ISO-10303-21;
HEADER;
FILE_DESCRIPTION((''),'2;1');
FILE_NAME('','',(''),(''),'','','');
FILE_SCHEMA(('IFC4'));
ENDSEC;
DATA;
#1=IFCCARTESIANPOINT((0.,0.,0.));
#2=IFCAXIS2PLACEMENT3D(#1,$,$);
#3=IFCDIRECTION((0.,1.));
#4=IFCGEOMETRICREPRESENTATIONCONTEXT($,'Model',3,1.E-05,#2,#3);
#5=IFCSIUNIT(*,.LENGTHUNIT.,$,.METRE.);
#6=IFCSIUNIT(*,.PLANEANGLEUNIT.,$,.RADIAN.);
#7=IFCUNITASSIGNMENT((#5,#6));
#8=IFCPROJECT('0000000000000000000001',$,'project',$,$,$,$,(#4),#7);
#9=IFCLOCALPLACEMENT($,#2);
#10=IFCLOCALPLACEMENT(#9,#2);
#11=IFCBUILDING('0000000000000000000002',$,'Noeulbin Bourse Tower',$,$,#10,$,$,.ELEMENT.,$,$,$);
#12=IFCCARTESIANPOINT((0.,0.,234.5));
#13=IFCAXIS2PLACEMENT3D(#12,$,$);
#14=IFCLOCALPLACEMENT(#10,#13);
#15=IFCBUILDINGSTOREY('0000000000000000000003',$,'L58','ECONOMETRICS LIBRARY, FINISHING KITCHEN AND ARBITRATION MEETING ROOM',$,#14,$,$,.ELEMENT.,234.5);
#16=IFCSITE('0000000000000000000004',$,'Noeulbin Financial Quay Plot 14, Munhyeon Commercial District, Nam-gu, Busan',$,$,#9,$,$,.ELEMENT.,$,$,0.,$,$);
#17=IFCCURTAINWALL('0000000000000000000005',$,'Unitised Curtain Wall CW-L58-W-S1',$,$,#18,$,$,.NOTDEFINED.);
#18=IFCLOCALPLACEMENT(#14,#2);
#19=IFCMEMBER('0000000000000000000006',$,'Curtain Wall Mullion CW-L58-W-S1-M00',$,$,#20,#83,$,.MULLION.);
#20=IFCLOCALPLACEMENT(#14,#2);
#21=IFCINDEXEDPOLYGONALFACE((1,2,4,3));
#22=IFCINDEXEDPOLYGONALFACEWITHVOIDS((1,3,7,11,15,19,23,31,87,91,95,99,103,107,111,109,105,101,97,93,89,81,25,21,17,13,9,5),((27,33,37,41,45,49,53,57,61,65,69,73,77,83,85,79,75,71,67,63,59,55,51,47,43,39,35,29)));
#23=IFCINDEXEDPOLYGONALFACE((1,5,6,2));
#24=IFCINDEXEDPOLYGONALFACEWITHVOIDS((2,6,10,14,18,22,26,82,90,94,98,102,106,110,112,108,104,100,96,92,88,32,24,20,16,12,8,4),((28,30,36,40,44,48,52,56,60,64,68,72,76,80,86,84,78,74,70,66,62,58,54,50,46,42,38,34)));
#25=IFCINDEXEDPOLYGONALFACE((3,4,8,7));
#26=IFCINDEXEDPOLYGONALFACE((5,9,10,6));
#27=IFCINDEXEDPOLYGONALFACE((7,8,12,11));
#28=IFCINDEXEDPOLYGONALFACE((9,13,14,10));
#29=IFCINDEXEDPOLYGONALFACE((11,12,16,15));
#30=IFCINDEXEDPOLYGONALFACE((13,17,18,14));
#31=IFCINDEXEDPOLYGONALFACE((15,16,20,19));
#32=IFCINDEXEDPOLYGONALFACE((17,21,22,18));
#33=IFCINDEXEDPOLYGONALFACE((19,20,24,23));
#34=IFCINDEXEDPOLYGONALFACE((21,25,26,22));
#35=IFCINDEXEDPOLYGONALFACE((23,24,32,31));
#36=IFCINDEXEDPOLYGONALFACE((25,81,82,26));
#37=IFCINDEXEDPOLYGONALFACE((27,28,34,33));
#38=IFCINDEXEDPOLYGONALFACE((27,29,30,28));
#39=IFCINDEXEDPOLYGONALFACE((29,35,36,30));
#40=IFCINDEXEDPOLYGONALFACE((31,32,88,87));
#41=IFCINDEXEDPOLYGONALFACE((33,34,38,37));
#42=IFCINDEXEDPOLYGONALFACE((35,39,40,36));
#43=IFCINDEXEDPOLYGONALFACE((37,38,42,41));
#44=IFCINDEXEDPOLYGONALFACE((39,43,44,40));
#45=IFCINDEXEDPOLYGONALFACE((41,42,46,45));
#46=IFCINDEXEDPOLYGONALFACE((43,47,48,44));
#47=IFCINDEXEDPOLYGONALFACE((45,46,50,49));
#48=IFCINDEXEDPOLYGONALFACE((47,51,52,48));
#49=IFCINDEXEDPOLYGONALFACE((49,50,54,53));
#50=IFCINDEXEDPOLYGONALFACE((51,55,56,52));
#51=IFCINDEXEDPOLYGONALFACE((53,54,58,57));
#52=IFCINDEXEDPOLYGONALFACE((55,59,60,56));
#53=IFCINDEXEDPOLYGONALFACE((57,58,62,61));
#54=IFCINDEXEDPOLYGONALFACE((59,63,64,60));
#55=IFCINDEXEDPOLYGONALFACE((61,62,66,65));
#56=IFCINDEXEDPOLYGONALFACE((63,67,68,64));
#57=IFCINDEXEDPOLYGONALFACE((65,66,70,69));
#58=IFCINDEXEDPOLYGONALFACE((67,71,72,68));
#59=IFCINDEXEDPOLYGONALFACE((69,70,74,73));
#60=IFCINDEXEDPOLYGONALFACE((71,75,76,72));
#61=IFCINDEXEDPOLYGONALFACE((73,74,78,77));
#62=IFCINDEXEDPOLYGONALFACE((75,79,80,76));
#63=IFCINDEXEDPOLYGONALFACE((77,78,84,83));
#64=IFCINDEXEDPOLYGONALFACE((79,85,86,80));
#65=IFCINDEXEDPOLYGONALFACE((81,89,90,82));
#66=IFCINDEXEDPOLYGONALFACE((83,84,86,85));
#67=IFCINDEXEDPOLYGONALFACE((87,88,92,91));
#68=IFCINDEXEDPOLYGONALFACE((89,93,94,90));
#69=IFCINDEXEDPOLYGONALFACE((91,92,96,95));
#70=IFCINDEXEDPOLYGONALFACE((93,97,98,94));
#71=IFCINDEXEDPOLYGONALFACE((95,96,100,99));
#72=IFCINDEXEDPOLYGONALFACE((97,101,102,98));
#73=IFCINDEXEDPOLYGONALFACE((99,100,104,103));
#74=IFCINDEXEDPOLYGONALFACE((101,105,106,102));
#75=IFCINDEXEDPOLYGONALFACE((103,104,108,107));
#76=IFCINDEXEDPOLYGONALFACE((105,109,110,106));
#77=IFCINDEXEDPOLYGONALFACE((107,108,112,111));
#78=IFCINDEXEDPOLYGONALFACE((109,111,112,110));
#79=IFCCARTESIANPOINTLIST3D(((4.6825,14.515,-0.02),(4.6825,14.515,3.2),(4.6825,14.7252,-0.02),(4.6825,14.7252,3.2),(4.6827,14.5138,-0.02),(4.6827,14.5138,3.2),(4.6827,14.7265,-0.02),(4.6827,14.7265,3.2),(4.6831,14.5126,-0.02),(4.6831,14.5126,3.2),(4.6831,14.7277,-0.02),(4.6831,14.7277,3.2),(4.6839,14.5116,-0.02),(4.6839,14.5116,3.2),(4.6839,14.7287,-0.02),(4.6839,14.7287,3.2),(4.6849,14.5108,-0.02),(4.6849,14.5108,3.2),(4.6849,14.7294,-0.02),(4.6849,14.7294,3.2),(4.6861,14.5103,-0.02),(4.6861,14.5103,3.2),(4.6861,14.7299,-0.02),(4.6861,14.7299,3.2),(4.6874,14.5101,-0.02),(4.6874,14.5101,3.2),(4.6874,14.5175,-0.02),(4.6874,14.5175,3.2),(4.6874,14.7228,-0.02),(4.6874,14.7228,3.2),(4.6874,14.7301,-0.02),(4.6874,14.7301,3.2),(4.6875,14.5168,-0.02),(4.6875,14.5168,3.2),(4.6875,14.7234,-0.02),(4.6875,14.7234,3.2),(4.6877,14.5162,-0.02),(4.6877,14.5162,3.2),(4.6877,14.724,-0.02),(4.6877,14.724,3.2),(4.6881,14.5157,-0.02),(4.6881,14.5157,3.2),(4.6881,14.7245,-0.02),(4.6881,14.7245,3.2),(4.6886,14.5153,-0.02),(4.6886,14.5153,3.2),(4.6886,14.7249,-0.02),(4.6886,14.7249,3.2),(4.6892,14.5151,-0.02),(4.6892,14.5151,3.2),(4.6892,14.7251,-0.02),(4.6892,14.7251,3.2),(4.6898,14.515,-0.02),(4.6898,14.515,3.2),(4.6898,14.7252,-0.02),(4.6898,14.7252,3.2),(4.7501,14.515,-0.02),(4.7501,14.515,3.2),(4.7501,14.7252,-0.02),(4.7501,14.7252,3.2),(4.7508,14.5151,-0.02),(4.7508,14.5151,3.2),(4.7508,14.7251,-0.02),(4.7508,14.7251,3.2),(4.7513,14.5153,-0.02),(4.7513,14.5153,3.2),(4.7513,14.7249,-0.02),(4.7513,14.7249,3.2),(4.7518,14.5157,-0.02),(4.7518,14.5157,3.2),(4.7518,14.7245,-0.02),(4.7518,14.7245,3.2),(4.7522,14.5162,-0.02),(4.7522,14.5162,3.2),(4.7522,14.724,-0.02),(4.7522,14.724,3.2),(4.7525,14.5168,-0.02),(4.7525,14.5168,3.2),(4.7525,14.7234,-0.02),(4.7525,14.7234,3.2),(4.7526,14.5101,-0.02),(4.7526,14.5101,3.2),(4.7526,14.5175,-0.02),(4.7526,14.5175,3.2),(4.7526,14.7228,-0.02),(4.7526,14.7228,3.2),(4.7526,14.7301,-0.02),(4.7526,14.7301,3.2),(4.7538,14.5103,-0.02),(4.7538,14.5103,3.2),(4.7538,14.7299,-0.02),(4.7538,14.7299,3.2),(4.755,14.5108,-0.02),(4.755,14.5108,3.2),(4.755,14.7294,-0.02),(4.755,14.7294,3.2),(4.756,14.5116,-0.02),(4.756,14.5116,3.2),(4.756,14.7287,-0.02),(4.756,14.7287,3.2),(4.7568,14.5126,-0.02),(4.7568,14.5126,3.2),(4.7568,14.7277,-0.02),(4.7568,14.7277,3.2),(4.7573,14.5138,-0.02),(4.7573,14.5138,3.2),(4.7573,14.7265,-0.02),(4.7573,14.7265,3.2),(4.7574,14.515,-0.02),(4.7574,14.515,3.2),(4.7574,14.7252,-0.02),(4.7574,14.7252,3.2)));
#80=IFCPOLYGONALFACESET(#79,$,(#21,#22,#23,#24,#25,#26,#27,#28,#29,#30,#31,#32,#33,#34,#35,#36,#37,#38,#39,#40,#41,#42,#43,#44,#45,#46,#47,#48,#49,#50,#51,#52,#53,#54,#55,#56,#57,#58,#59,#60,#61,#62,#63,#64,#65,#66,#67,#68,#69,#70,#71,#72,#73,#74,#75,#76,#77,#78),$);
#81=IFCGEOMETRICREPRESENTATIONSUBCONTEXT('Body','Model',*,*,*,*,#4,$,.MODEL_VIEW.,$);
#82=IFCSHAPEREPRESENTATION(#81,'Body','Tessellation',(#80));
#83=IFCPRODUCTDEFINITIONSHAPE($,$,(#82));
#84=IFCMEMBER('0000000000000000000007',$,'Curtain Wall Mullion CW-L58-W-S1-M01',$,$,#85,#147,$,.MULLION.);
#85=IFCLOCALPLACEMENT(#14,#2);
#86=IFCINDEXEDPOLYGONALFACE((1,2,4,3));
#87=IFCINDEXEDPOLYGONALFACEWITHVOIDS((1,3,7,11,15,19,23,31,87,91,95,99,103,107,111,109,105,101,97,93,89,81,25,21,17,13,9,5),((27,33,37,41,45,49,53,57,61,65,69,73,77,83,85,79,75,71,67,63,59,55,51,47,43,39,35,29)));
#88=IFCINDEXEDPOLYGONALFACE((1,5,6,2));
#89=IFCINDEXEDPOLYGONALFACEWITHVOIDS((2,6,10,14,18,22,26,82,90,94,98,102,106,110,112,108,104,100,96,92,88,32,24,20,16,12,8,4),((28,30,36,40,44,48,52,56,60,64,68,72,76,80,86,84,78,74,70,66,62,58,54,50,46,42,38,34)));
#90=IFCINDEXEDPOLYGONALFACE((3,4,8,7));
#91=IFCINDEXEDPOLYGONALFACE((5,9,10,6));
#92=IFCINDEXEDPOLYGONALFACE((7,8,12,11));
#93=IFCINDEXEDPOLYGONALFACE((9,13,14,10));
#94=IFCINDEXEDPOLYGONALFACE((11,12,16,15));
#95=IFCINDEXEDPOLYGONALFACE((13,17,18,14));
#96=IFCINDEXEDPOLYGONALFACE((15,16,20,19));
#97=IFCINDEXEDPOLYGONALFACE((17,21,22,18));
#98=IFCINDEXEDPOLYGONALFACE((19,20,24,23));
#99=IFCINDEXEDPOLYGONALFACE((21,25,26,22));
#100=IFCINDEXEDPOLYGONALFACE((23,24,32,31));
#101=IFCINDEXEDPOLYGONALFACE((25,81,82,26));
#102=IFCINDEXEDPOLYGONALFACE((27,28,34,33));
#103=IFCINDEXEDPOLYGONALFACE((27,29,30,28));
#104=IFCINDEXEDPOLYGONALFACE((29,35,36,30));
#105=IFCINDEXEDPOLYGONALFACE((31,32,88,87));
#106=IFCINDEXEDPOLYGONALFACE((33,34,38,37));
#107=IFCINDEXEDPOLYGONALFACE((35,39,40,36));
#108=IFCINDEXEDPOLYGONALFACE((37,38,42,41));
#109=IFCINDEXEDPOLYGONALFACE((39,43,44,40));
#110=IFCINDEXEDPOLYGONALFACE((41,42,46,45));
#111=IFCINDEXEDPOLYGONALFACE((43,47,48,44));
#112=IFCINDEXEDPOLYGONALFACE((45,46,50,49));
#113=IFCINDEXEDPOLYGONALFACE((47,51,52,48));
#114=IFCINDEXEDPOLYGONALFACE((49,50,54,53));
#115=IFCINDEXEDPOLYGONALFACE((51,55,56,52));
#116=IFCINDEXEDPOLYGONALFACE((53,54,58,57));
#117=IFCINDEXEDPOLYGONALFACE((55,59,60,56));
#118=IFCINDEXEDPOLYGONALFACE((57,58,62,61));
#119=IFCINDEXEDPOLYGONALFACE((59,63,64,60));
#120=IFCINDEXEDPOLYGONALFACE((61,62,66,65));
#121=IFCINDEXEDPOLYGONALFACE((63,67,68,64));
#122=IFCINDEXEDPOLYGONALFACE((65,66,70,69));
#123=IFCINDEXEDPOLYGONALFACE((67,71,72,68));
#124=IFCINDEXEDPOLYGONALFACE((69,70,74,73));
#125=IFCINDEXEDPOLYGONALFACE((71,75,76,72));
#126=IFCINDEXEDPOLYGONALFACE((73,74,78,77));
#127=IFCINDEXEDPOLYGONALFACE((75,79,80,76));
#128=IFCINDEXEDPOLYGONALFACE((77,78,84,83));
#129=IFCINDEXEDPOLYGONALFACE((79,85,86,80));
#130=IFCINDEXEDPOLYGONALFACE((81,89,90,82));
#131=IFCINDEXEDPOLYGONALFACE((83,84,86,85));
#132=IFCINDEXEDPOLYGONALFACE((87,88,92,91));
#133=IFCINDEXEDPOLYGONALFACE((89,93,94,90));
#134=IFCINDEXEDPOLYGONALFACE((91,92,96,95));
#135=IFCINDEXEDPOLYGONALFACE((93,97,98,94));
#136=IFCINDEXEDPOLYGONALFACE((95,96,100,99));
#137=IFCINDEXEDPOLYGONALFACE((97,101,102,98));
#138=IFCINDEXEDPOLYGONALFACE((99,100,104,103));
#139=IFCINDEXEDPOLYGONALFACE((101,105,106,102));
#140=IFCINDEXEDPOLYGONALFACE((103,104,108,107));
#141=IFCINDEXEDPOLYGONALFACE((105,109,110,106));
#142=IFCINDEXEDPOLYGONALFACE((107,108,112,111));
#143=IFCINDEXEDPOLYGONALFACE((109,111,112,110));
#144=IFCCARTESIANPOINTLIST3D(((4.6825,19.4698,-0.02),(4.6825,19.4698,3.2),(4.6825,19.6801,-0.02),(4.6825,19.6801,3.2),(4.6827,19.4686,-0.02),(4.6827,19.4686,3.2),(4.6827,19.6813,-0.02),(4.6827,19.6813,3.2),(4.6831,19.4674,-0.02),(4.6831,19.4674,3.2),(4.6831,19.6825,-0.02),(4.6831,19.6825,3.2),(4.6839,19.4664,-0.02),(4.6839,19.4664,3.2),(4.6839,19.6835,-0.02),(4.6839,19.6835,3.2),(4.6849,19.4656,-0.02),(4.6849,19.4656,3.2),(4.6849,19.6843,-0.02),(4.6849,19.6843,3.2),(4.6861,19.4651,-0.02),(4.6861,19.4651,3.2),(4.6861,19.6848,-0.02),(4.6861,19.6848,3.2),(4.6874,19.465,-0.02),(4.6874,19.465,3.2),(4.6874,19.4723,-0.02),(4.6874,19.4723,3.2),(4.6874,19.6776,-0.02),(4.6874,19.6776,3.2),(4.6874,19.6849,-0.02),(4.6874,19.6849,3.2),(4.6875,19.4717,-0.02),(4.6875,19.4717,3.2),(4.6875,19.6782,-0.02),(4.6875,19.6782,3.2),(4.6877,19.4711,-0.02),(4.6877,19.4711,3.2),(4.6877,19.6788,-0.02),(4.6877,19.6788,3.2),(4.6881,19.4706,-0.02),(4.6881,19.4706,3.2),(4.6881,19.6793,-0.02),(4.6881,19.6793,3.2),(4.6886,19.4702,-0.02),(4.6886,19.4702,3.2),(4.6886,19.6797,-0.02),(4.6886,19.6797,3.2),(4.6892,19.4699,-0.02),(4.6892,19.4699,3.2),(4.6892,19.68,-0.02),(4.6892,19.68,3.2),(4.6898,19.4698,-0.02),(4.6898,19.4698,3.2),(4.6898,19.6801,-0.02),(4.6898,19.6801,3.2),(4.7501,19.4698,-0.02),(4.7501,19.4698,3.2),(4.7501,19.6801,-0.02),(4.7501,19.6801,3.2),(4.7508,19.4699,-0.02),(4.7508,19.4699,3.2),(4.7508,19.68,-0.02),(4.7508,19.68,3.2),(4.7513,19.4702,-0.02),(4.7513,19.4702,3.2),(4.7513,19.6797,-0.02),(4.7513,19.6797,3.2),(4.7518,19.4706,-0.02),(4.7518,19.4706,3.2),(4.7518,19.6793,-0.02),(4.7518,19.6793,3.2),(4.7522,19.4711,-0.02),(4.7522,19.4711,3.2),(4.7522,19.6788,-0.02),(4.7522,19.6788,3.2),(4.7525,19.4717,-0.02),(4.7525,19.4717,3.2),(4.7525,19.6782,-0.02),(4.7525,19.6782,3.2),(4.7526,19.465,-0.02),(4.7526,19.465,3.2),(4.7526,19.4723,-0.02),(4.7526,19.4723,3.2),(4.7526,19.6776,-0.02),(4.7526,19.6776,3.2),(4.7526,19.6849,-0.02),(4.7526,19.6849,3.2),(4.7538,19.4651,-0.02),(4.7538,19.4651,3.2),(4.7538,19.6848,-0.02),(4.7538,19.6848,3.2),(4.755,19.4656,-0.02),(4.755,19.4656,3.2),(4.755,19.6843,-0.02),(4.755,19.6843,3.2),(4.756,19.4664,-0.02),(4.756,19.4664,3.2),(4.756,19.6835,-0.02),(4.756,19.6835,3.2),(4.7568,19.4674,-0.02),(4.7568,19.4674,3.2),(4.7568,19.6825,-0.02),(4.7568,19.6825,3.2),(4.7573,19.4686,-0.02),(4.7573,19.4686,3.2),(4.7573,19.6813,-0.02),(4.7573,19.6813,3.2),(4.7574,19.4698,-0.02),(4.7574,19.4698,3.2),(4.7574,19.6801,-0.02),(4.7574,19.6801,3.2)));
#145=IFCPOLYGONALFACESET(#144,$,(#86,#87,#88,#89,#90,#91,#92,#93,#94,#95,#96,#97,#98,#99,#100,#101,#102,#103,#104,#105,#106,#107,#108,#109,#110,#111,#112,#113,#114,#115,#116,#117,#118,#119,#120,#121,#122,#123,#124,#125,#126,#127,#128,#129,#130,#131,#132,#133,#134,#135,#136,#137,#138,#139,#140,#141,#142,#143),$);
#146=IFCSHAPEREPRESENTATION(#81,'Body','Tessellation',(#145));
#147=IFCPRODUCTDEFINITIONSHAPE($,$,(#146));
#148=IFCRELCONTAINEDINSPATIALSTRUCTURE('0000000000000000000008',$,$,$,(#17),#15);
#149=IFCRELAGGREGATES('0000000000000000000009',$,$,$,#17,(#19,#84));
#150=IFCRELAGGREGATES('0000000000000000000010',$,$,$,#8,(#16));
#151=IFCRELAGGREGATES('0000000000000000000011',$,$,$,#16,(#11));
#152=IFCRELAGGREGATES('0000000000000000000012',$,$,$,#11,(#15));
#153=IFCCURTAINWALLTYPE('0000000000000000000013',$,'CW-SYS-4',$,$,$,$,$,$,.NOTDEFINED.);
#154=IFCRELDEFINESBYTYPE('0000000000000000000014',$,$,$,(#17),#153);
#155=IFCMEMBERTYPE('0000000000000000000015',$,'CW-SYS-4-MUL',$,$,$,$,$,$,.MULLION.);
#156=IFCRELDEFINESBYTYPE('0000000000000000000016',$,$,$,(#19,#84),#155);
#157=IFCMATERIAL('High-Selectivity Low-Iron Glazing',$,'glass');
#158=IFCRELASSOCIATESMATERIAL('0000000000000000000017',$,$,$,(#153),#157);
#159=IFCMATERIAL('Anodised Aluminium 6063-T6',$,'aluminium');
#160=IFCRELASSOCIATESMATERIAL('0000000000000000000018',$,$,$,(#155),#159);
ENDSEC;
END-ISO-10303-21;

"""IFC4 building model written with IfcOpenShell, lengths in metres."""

from ifc_helpers import new_model, si_unit, direction, frame, origin, origin_2d, place, context, subcontext, project, spatial, hollow_rectangle, extrude, material, material_profile, profile_set, type_object, element, aggregate, save


model = new_model("IFC4")

# Units and contexts
model_context = context("Model", 3, precision=1e-05, world=origin(), true_north=direction((0.0, 1.0)))
body_context = subcontext(model_context, "Body", "Model", "MODEL_VIEW")
ifc_project = project(units=[si_unit("LENGTHUNIT", "METRE"), si_unit("PLANEANGLEUNIT", "RADIAN")], contexts=[model_context])

# Site, building, storey
site_placement = place(None, origin())
site = spatial("IfcSite", under=ifc_project, at=site_placement, Name="Noeulbin Financial Quay Plot 14, Munhyeon Commercial District, Nam-gu, Busan", CompositionType="ELEMENT", RefElevation=0.0)
building_placement = place(site_placement, origin())
building = spatial("IfcBuilding", under=site, at=building_placement, Name="Noeulbin Bourse Tower", CompositionType="ELEMENT")
storey_placement = place(building_placement, frame((0.0, 0.0, 234.5)))
storey = spatial("IfcBuildingStorey", under=building, at=storey_placement, Name="L58", Description="ECONOMETRICS LIBRARY, FINISHING KITCHEN AND ARBITRATION MEETING ROOM", CompositionType="ELEMENT", Elevation=234.5)

# Curtain wall, members
ifc_material_1 = material(Name="High-Selectivity Low-Iron Glazing", Category="glass")
curtain_wall_type = type_object("IfcCurtainWallType", Name="CW-SYS-4", PredefinedType="NOTDEFINED", material=ifc_material_1)
ifc_material_2 = material(Name="Anodised Aluminium 6063-T6", Category="aluminium")
ifc_material_profile_1 = material_profile(ifc_material_2, hollow_rectangle(XDim=0.075, YDim=0.22, WallThickness=0.0049, InnerFilletRadius=0.0024, OuterFilletRadius=0.0049, at=origin_2d()), Name="ALU-MULL-75x220x5", Category="LoadBearing")
ifc_profile_set_1 = profile_set([ifc_material_profile_1], Name="Anodised Aluminium 6063-T6")
member_type_1 = type_object("IfcMemberType", Name="CW-SYS-4-MUL", PredefinedType="MULLION", material=ifc_profile_set_1)
curtain_wall_1_placement = place(storey_placement, origin())
curtain_wall_1 = element("IfcCurtainWall", 1, at=curtain_wall_1_placement, inside=storey, type_object=curtain_wall_type, Name="Unitised Curtain Wall CW-L58-W-S1", PredefinedType="NOTDEFINED")
member_1_placement = place(storey_placement, frame((4.72, 14.6201, -0.02), z_axis=(0.0, 0.0, 1.0), x_axis=(1.0, 0.0, 0.0)))
member_1 = element("IfcMember", 2, at=member_1_placement, type_object=member_type_1, Name="Curtain Wall Mullion CW-L58-W-S1-M00", PredefinedType="MULLION", context=body_context, shape_type="SweptSolid", body=[
    extrude(hollow_rectangle(XDim=0.075, YDim=0.22, WallThickness=0.0049, InnerFilletRadius=0.0024, OuterFilletRadius=0.0049, at=origin_2d()), origin(), (0.0, 0.0, 1.0), 3.22),
])
member_2_placement = place(storey_placement, frame((4.72, 19.575, -0.02), z_axis=(0.0, 0.0, 1.0), x_axis=(1.0, 0.0, 0.0)))
member_2 = element("IfcMember", 3, at=member_2_placement, type_object=member_type_1, Name="Curtain Wall Mullion CW-L58-W-S1-M01", PredefinedType="MULLION", context=body_context, shape_type="SweptSolid", body=[
    extrude(hollow_rectangle(XDim=0.075, YDim=0.22, WallThickness=0.0049, InnerFilletRadius=0.0024, OuterFilletRadius=0.0049, at=origin_2d()), origin(), (0.0, 0.0, 1.0), 3.22),
])

aggregate(curtain_wall_1, [member_1, member_2])

save(model, "model.ifc")
